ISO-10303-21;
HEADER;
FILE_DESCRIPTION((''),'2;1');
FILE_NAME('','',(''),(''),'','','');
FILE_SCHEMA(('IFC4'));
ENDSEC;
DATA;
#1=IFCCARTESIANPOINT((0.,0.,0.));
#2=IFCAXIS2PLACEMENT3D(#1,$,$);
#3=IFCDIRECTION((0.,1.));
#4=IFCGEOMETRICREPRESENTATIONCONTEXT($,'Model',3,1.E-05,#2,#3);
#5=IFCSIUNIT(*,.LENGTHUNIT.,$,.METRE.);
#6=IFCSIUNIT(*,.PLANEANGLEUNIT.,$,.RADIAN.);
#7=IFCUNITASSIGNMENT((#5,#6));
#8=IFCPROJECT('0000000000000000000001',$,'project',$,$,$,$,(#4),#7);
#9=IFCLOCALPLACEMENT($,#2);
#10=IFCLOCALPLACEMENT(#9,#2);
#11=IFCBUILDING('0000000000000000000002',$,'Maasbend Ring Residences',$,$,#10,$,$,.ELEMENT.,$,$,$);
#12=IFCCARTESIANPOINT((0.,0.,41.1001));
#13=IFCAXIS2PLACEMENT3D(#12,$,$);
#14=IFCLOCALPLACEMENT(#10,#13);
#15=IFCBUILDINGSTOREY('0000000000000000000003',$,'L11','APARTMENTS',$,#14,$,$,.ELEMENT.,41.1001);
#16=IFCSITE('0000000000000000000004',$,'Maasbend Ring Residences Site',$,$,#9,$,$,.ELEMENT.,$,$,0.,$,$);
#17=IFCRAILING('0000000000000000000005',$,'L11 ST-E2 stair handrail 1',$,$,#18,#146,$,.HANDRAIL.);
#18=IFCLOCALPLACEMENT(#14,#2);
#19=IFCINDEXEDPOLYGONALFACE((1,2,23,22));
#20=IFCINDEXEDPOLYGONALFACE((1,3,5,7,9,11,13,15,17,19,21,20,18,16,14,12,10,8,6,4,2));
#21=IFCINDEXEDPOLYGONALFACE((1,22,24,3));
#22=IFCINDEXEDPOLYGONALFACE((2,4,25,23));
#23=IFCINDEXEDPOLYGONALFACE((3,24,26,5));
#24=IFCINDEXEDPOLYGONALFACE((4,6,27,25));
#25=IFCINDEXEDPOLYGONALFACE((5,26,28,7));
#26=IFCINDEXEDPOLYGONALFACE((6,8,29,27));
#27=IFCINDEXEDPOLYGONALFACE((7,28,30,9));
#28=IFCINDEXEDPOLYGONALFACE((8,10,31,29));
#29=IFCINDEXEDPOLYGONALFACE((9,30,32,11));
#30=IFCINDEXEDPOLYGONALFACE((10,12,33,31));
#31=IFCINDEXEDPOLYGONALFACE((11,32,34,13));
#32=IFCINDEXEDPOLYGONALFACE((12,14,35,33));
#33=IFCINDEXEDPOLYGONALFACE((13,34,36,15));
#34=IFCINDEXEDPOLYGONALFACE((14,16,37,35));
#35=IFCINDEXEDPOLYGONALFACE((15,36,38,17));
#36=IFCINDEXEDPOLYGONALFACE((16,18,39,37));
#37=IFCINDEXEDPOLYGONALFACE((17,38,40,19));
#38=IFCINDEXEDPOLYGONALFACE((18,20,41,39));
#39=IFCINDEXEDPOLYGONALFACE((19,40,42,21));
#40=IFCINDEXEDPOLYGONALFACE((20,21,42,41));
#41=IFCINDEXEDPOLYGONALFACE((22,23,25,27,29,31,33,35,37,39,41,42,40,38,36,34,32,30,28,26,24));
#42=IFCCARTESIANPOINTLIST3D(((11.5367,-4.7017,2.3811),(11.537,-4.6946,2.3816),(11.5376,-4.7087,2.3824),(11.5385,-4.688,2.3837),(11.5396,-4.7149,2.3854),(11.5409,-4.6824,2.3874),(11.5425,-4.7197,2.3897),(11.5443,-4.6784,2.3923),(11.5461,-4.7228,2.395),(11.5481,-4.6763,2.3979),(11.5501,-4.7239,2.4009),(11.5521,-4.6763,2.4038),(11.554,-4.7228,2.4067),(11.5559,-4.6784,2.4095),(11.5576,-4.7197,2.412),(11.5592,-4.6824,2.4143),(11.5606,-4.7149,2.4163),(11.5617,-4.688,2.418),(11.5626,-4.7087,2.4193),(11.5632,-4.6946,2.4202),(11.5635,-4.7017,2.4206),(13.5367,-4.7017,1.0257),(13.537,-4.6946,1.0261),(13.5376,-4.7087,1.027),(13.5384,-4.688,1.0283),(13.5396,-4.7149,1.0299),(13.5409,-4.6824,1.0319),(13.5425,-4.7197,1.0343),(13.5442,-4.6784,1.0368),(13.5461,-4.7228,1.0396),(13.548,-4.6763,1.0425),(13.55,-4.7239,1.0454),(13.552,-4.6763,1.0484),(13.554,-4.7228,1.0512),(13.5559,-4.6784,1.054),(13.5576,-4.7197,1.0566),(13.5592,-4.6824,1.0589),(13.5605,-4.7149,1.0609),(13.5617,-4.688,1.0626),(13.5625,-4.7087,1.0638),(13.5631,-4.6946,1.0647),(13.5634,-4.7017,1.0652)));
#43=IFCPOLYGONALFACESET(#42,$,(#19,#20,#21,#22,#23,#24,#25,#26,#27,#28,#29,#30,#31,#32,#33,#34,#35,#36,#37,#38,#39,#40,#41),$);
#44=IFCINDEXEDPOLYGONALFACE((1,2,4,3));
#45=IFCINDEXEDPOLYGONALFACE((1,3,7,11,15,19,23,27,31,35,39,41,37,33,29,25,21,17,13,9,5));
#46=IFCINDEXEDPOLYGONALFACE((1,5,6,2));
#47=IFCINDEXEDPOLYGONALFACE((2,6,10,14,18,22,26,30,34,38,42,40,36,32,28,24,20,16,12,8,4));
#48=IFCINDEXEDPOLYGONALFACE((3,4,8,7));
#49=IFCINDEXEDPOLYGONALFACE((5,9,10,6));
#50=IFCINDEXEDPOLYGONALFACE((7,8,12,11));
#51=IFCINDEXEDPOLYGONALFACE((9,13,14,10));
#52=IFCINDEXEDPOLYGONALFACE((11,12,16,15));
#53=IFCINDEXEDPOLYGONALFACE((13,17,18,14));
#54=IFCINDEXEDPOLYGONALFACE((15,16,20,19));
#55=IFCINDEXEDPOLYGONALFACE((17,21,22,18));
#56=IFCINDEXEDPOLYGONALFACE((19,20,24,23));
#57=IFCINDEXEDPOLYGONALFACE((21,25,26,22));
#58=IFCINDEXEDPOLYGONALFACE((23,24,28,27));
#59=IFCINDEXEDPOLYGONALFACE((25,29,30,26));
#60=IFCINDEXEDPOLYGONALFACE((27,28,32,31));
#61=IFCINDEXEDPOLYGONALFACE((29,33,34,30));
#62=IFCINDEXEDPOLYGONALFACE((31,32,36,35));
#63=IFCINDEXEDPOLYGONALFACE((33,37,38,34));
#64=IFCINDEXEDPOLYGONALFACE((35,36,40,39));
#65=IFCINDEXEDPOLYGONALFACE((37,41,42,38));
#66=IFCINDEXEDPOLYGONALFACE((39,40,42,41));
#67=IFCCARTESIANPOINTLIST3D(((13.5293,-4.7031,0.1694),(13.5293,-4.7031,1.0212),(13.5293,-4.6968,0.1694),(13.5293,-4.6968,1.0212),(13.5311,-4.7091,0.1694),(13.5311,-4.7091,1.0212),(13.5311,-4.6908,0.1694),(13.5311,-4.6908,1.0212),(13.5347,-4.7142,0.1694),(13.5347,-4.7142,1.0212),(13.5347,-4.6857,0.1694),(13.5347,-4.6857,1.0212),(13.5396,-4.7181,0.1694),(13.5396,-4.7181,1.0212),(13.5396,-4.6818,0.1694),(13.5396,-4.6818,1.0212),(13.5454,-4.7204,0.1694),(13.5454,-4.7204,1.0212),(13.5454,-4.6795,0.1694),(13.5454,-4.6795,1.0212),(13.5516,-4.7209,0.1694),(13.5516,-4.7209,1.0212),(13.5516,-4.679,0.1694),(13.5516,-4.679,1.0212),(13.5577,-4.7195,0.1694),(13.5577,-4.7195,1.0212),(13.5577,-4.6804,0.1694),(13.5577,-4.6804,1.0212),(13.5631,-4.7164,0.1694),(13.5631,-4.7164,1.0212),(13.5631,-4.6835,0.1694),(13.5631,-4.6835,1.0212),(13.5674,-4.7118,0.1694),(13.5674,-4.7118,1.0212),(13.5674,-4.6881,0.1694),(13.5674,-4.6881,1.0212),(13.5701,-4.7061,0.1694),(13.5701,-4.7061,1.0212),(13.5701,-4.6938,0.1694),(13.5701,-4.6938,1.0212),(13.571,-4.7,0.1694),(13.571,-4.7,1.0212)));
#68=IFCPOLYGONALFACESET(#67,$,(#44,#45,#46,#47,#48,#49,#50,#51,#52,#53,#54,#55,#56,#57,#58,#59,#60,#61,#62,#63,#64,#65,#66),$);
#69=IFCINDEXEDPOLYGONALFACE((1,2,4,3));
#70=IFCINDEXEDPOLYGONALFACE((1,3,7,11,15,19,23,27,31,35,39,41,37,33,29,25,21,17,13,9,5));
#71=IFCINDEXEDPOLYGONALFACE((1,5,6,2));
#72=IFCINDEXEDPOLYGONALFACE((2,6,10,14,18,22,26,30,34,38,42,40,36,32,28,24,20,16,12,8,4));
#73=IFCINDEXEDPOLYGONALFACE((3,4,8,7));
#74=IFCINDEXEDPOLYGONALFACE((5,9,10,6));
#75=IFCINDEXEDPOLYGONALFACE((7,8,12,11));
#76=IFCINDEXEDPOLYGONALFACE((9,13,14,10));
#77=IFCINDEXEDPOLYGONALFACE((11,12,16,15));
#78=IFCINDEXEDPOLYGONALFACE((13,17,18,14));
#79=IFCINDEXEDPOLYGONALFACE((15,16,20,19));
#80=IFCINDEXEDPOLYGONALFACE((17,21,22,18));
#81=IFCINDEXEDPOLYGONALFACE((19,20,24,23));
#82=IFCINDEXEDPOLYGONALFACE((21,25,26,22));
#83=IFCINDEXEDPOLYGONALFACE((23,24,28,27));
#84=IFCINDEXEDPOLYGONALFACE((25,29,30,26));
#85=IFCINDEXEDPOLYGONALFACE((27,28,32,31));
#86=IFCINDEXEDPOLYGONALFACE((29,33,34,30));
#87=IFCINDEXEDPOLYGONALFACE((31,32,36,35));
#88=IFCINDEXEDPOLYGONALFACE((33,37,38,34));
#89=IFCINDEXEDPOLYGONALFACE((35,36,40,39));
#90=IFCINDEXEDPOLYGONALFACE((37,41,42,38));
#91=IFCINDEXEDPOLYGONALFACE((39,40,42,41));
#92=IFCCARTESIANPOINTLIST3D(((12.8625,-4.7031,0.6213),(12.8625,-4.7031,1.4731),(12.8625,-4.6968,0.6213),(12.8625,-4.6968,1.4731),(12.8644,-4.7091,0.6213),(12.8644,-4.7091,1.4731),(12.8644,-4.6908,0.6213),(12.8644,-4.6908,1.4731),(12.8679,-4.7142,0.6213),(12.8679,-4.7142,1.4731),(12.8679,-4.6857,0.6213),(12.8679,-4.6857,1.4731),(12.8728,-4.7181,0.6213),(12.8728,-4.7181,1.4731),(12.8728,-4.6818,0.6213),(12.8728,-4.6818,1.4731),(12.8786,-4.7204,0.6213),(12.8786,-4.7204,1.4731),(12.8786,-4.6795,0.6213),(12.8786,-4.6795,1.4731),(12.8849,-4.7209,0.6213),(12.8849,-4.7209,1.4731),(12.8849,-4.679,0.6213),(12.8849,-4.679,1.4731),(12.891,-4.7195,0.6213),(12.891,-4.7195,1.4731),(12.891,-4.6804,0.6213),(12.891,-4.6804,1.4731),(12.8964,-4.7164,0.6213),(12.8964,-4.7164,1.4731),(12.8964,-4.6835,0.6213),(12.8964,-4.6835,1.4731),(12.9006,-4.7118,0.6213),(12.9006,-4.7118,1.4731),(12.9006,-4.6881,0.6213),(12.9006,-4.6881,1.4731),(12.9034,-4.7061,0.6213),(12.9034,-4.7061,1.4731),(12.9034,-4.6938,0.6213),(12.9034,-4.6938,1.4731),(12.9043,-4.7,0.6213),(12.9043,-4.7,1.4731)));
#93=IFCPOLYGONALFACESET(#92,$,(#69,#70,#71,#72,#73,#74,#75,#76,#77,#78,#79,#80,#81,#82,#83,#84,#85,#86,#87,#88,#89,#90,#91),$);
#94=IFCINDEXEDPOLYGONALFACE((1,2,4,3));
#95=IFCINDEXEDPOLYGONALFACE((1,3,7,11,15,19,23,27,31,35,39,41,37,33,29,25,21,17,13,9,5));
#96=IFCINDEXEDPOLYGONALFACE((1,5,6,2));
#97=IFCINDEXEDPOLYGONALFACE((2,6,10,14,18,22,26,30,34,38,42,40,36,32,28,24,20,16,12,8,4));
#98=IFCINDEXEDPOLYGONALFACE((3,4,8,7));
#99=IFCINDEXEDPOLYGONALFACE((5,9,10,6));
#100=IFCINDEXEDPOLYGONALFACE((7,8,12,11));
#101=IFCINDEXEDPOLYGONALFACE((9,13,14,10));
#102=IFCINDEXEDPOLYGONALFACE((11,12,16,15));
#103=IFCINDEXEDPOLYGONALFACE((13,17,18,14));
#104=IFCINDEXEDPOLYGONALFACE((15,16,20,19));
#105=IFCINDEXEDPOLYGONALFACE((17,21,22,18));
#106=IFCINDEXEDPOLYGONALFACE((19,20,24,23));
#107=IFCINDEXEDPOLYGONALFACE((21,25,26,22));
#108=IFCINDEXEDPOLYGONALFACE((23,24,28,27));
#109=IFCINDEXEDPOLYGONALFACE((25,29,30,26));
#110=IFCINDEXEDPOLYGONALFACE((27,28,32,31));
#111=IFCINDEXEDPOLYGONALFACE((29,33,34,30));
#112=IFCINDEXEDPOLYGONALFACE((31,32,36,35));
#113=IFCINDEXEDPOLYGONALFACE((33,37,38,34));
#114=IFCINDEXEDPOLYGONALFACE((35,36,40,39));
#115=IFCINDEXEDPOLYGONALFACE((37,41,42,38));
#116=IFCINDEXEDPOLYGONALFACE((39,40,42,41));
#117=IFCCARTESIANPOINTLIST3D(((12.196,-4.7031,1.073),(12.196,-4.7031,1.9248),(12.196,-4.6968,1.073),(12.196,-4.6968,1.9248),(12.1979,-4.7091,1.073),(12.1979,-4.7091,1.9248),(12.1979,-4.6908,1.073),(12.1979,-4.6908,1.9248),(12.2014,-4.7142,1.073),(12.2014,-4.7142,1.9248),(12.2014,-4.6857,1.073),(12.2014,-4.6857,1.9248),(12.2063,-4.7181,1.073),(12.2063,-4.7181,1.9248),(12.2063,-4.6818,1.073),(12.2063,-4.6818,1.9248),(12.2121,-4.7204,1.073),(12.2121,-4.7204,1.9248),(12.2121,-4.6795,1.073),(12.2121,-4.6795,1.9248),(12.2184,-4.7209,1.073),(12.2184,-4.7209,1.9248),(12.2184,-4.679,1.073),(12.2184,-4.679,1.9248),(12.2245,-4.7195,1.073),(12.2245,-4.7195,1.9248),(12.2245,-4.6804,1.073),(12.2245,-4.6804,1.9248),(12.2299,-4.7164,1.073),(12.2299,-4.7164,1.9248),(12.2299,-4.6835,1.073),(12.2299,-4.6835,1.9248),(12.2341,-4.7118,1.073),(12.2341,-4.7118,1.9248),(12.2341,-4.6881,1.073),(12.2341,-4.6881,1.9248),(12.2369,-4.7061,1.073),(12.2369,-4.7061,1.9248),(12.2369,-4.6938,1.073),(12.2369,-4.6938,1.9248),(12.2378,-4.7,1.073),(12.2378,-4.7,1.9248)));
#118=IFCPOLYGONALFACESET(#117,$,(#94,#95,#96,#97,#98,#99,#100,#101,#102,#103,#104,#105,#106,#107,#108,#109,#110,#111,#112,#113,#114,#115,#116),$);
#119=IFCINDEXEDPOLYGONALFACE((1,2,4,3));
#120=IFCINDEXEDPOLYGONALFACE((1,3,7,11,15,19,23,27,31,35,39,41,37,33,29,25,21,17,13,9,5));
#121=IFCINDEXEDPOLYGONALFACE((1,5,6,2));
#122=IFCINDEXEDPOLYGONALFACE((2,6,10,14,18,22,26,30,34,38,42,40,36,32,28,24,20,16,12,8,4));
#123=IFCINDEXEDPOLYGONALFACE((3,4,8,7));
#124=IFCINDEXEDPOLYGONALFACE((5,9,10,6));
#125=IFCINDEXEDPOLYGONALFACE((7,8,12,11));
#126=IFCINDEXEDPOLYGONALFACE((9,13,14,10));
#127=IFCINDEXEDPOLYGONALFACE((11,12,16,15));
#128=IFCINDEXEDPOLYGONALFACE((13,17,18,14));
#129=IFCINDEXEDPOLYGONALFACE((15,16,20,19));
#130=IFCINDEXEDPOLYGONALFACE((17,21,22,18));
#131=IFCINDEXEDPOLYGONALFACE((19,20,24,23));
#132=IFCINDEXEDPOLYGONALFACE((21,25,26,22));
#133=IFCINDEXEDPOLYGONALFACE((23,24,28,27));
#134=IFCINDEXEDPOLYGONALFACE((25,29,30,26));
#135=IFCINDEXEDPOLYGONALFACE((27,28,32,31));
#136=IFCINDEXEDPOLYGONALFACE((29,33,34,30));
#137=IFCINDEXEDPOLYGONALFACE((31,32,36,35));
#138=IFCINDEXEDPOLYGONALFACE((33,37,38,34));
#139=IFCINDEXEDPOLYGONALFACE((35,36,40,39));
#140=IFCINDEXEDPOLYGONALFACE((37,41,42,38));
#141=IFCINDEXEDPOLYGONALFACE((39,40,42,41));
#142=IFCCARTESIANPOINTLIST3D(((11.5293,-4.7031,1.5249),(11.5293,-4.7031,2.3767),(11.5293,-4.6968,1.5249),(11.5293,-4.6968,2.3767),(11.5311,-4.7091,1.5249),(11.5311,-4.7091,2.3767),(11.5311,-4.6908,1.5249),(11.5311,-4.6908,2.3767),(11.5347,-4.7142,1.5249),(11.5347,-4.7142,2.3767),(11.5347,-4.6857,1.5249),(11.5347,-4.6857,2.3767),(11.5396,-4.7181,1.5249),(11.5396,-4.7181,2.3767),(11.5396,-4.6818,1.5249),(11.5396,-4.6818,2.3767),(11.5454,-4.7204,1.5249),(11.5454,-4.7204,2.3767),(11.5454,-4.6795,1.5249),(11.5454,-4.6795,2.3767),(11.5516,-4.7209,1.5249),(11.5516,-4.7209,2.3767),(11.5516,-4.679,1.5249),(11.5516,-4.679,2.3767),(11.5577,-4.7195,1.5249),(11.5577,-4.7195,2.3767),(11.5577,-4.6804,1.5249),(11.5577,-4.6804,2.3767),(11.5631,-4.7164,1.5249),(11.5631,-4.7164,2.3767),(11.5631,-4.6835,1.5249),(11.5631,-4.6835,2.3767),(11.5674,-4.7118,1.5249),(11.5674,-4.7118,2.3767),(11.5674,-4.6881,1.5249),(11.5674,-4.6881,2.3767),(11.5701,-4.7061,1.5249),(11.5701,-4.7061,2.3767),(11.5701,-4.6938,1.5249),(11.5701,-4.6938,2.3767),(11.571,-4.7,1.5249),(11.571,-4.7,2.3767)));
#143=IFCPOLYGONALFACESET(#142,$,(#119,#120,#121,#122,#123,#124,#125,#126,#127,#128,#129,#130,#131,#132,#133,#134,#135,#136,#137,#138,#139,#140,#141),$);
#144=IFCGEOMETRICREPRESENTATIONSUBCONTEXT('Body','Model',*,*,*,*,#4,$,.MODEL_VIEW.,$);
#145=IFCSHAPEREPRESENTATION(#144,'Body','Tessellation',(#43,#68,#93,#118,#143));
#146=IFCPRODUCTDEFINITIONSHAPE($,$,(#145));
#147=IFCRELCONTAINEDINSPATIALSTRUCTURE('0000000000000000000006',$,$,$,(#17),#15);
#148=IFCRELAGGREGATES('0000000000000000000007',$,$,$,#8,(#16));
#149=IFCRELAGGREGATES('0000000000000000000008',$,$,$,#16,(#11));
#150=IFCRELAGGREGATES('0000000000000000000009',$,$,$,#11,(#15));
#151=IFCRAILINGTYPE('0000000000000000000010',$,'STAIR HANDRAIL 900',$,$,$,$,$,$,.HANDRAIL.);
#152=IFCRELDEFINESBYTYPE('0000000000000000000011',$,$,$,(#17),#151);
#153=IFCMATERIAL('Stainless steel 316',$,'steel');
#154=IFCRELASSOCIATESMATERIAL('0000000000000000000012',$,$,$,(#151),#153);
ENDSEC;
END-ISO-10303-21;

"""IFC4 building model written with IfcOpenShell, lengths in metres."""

from ifc_helpers import new_model, si_unit, direction, frame, origin, origin_2d, place, context, subcontext, project, spatial, circle, extrude, material, type_object, element, save


model = new_model("IFC4")

# Units and contexts
model_context = context("Model", 3, precision=1e-05, world=origin(), true_north=direction((0.0, 1.0)))
body_context = subcontext(model_context, "Body", "Model", "MODEL_VIEW")
ifc_project = project(units=[si_unit("LENGTHUNIT", "METRE"), si_unit("PLANEANGLEUNIT", "RADIAN")], contexts=[model_context])

# Site, building, storey
site_placement = place(None, origin())
site = spatial("IfcSite", under=ifc_project, at=site_placement, Name="Maasbend Ring Residences Site", CompositionType="ELEMENT", RefElevation=0.0)
building_placement = place(site_placement, origin())
building = spatial("IfcBuilding", under=site, at=building_placement, Name="Maasbend Ring Residences", CompositionType="ELEMENT")
storey_placement = place(building_placement, frame((0.0, 0.0, 41.1001)))
storey = spatial("IfcBuildingStorey", under=building, at=storey_placement, Name="L11", Description="APARTMENTS", CompositionType="ELEMENT", Elevation=41.1001)

# Railing
ifc_material_1 = material(Name="Stainless steel 316", Category="steel")
railing_type_1 = type_object("IfcRailingType", Name="STAIR HANDRAIL 900", PredefinedType="HANDRAIL", material=ifc_material_1)
railing_1_placement = place(storey_placement, frame((13.55, -4.7, 0.1694)))
element("IfcRailing", 1, at=railing_1_placement, inside=storey, type_object=railing_type_1, Name="L11 ST-E2 stair handrail 1", PredefinedType="HANDRAIL", context=body_context, shape_type="SweptSolid", body=[
    extrude(circle(Radius=0.0239, at=origin_2d()), frame((0.0, 0.0, 0.876), z_axis=(-0.827798, 0.0, 0.561027), x_axis=(0.0, -1.0, 0.0)), (0.0, 0.0, 1.0), 2.416),
    extrude(circle(Radius=0.021, at=origin_2d()), origin(), (0.0, 0.0, 1.0), 0.8518),
    extrude(circle(Radius=0.021, at=origin_2d()), frame((-0.6667, 0.0, 0.4519)), (0.0, 0.0, 1.0), 0.8518),
    extrude(circle(Radius=0.021, at=origin_2d()), frame((-1.3333, 0.0, 0.9036)), (0.0, 0.0, 1.0), 0.8518),
    extrude(circle(Radius=0.021, at=origin_2d()), frame((-2.0, 0.0, 1.3555)), (0.0, 0.0, 1.0), 0.8518),
])

save(model, "model.ifc")
